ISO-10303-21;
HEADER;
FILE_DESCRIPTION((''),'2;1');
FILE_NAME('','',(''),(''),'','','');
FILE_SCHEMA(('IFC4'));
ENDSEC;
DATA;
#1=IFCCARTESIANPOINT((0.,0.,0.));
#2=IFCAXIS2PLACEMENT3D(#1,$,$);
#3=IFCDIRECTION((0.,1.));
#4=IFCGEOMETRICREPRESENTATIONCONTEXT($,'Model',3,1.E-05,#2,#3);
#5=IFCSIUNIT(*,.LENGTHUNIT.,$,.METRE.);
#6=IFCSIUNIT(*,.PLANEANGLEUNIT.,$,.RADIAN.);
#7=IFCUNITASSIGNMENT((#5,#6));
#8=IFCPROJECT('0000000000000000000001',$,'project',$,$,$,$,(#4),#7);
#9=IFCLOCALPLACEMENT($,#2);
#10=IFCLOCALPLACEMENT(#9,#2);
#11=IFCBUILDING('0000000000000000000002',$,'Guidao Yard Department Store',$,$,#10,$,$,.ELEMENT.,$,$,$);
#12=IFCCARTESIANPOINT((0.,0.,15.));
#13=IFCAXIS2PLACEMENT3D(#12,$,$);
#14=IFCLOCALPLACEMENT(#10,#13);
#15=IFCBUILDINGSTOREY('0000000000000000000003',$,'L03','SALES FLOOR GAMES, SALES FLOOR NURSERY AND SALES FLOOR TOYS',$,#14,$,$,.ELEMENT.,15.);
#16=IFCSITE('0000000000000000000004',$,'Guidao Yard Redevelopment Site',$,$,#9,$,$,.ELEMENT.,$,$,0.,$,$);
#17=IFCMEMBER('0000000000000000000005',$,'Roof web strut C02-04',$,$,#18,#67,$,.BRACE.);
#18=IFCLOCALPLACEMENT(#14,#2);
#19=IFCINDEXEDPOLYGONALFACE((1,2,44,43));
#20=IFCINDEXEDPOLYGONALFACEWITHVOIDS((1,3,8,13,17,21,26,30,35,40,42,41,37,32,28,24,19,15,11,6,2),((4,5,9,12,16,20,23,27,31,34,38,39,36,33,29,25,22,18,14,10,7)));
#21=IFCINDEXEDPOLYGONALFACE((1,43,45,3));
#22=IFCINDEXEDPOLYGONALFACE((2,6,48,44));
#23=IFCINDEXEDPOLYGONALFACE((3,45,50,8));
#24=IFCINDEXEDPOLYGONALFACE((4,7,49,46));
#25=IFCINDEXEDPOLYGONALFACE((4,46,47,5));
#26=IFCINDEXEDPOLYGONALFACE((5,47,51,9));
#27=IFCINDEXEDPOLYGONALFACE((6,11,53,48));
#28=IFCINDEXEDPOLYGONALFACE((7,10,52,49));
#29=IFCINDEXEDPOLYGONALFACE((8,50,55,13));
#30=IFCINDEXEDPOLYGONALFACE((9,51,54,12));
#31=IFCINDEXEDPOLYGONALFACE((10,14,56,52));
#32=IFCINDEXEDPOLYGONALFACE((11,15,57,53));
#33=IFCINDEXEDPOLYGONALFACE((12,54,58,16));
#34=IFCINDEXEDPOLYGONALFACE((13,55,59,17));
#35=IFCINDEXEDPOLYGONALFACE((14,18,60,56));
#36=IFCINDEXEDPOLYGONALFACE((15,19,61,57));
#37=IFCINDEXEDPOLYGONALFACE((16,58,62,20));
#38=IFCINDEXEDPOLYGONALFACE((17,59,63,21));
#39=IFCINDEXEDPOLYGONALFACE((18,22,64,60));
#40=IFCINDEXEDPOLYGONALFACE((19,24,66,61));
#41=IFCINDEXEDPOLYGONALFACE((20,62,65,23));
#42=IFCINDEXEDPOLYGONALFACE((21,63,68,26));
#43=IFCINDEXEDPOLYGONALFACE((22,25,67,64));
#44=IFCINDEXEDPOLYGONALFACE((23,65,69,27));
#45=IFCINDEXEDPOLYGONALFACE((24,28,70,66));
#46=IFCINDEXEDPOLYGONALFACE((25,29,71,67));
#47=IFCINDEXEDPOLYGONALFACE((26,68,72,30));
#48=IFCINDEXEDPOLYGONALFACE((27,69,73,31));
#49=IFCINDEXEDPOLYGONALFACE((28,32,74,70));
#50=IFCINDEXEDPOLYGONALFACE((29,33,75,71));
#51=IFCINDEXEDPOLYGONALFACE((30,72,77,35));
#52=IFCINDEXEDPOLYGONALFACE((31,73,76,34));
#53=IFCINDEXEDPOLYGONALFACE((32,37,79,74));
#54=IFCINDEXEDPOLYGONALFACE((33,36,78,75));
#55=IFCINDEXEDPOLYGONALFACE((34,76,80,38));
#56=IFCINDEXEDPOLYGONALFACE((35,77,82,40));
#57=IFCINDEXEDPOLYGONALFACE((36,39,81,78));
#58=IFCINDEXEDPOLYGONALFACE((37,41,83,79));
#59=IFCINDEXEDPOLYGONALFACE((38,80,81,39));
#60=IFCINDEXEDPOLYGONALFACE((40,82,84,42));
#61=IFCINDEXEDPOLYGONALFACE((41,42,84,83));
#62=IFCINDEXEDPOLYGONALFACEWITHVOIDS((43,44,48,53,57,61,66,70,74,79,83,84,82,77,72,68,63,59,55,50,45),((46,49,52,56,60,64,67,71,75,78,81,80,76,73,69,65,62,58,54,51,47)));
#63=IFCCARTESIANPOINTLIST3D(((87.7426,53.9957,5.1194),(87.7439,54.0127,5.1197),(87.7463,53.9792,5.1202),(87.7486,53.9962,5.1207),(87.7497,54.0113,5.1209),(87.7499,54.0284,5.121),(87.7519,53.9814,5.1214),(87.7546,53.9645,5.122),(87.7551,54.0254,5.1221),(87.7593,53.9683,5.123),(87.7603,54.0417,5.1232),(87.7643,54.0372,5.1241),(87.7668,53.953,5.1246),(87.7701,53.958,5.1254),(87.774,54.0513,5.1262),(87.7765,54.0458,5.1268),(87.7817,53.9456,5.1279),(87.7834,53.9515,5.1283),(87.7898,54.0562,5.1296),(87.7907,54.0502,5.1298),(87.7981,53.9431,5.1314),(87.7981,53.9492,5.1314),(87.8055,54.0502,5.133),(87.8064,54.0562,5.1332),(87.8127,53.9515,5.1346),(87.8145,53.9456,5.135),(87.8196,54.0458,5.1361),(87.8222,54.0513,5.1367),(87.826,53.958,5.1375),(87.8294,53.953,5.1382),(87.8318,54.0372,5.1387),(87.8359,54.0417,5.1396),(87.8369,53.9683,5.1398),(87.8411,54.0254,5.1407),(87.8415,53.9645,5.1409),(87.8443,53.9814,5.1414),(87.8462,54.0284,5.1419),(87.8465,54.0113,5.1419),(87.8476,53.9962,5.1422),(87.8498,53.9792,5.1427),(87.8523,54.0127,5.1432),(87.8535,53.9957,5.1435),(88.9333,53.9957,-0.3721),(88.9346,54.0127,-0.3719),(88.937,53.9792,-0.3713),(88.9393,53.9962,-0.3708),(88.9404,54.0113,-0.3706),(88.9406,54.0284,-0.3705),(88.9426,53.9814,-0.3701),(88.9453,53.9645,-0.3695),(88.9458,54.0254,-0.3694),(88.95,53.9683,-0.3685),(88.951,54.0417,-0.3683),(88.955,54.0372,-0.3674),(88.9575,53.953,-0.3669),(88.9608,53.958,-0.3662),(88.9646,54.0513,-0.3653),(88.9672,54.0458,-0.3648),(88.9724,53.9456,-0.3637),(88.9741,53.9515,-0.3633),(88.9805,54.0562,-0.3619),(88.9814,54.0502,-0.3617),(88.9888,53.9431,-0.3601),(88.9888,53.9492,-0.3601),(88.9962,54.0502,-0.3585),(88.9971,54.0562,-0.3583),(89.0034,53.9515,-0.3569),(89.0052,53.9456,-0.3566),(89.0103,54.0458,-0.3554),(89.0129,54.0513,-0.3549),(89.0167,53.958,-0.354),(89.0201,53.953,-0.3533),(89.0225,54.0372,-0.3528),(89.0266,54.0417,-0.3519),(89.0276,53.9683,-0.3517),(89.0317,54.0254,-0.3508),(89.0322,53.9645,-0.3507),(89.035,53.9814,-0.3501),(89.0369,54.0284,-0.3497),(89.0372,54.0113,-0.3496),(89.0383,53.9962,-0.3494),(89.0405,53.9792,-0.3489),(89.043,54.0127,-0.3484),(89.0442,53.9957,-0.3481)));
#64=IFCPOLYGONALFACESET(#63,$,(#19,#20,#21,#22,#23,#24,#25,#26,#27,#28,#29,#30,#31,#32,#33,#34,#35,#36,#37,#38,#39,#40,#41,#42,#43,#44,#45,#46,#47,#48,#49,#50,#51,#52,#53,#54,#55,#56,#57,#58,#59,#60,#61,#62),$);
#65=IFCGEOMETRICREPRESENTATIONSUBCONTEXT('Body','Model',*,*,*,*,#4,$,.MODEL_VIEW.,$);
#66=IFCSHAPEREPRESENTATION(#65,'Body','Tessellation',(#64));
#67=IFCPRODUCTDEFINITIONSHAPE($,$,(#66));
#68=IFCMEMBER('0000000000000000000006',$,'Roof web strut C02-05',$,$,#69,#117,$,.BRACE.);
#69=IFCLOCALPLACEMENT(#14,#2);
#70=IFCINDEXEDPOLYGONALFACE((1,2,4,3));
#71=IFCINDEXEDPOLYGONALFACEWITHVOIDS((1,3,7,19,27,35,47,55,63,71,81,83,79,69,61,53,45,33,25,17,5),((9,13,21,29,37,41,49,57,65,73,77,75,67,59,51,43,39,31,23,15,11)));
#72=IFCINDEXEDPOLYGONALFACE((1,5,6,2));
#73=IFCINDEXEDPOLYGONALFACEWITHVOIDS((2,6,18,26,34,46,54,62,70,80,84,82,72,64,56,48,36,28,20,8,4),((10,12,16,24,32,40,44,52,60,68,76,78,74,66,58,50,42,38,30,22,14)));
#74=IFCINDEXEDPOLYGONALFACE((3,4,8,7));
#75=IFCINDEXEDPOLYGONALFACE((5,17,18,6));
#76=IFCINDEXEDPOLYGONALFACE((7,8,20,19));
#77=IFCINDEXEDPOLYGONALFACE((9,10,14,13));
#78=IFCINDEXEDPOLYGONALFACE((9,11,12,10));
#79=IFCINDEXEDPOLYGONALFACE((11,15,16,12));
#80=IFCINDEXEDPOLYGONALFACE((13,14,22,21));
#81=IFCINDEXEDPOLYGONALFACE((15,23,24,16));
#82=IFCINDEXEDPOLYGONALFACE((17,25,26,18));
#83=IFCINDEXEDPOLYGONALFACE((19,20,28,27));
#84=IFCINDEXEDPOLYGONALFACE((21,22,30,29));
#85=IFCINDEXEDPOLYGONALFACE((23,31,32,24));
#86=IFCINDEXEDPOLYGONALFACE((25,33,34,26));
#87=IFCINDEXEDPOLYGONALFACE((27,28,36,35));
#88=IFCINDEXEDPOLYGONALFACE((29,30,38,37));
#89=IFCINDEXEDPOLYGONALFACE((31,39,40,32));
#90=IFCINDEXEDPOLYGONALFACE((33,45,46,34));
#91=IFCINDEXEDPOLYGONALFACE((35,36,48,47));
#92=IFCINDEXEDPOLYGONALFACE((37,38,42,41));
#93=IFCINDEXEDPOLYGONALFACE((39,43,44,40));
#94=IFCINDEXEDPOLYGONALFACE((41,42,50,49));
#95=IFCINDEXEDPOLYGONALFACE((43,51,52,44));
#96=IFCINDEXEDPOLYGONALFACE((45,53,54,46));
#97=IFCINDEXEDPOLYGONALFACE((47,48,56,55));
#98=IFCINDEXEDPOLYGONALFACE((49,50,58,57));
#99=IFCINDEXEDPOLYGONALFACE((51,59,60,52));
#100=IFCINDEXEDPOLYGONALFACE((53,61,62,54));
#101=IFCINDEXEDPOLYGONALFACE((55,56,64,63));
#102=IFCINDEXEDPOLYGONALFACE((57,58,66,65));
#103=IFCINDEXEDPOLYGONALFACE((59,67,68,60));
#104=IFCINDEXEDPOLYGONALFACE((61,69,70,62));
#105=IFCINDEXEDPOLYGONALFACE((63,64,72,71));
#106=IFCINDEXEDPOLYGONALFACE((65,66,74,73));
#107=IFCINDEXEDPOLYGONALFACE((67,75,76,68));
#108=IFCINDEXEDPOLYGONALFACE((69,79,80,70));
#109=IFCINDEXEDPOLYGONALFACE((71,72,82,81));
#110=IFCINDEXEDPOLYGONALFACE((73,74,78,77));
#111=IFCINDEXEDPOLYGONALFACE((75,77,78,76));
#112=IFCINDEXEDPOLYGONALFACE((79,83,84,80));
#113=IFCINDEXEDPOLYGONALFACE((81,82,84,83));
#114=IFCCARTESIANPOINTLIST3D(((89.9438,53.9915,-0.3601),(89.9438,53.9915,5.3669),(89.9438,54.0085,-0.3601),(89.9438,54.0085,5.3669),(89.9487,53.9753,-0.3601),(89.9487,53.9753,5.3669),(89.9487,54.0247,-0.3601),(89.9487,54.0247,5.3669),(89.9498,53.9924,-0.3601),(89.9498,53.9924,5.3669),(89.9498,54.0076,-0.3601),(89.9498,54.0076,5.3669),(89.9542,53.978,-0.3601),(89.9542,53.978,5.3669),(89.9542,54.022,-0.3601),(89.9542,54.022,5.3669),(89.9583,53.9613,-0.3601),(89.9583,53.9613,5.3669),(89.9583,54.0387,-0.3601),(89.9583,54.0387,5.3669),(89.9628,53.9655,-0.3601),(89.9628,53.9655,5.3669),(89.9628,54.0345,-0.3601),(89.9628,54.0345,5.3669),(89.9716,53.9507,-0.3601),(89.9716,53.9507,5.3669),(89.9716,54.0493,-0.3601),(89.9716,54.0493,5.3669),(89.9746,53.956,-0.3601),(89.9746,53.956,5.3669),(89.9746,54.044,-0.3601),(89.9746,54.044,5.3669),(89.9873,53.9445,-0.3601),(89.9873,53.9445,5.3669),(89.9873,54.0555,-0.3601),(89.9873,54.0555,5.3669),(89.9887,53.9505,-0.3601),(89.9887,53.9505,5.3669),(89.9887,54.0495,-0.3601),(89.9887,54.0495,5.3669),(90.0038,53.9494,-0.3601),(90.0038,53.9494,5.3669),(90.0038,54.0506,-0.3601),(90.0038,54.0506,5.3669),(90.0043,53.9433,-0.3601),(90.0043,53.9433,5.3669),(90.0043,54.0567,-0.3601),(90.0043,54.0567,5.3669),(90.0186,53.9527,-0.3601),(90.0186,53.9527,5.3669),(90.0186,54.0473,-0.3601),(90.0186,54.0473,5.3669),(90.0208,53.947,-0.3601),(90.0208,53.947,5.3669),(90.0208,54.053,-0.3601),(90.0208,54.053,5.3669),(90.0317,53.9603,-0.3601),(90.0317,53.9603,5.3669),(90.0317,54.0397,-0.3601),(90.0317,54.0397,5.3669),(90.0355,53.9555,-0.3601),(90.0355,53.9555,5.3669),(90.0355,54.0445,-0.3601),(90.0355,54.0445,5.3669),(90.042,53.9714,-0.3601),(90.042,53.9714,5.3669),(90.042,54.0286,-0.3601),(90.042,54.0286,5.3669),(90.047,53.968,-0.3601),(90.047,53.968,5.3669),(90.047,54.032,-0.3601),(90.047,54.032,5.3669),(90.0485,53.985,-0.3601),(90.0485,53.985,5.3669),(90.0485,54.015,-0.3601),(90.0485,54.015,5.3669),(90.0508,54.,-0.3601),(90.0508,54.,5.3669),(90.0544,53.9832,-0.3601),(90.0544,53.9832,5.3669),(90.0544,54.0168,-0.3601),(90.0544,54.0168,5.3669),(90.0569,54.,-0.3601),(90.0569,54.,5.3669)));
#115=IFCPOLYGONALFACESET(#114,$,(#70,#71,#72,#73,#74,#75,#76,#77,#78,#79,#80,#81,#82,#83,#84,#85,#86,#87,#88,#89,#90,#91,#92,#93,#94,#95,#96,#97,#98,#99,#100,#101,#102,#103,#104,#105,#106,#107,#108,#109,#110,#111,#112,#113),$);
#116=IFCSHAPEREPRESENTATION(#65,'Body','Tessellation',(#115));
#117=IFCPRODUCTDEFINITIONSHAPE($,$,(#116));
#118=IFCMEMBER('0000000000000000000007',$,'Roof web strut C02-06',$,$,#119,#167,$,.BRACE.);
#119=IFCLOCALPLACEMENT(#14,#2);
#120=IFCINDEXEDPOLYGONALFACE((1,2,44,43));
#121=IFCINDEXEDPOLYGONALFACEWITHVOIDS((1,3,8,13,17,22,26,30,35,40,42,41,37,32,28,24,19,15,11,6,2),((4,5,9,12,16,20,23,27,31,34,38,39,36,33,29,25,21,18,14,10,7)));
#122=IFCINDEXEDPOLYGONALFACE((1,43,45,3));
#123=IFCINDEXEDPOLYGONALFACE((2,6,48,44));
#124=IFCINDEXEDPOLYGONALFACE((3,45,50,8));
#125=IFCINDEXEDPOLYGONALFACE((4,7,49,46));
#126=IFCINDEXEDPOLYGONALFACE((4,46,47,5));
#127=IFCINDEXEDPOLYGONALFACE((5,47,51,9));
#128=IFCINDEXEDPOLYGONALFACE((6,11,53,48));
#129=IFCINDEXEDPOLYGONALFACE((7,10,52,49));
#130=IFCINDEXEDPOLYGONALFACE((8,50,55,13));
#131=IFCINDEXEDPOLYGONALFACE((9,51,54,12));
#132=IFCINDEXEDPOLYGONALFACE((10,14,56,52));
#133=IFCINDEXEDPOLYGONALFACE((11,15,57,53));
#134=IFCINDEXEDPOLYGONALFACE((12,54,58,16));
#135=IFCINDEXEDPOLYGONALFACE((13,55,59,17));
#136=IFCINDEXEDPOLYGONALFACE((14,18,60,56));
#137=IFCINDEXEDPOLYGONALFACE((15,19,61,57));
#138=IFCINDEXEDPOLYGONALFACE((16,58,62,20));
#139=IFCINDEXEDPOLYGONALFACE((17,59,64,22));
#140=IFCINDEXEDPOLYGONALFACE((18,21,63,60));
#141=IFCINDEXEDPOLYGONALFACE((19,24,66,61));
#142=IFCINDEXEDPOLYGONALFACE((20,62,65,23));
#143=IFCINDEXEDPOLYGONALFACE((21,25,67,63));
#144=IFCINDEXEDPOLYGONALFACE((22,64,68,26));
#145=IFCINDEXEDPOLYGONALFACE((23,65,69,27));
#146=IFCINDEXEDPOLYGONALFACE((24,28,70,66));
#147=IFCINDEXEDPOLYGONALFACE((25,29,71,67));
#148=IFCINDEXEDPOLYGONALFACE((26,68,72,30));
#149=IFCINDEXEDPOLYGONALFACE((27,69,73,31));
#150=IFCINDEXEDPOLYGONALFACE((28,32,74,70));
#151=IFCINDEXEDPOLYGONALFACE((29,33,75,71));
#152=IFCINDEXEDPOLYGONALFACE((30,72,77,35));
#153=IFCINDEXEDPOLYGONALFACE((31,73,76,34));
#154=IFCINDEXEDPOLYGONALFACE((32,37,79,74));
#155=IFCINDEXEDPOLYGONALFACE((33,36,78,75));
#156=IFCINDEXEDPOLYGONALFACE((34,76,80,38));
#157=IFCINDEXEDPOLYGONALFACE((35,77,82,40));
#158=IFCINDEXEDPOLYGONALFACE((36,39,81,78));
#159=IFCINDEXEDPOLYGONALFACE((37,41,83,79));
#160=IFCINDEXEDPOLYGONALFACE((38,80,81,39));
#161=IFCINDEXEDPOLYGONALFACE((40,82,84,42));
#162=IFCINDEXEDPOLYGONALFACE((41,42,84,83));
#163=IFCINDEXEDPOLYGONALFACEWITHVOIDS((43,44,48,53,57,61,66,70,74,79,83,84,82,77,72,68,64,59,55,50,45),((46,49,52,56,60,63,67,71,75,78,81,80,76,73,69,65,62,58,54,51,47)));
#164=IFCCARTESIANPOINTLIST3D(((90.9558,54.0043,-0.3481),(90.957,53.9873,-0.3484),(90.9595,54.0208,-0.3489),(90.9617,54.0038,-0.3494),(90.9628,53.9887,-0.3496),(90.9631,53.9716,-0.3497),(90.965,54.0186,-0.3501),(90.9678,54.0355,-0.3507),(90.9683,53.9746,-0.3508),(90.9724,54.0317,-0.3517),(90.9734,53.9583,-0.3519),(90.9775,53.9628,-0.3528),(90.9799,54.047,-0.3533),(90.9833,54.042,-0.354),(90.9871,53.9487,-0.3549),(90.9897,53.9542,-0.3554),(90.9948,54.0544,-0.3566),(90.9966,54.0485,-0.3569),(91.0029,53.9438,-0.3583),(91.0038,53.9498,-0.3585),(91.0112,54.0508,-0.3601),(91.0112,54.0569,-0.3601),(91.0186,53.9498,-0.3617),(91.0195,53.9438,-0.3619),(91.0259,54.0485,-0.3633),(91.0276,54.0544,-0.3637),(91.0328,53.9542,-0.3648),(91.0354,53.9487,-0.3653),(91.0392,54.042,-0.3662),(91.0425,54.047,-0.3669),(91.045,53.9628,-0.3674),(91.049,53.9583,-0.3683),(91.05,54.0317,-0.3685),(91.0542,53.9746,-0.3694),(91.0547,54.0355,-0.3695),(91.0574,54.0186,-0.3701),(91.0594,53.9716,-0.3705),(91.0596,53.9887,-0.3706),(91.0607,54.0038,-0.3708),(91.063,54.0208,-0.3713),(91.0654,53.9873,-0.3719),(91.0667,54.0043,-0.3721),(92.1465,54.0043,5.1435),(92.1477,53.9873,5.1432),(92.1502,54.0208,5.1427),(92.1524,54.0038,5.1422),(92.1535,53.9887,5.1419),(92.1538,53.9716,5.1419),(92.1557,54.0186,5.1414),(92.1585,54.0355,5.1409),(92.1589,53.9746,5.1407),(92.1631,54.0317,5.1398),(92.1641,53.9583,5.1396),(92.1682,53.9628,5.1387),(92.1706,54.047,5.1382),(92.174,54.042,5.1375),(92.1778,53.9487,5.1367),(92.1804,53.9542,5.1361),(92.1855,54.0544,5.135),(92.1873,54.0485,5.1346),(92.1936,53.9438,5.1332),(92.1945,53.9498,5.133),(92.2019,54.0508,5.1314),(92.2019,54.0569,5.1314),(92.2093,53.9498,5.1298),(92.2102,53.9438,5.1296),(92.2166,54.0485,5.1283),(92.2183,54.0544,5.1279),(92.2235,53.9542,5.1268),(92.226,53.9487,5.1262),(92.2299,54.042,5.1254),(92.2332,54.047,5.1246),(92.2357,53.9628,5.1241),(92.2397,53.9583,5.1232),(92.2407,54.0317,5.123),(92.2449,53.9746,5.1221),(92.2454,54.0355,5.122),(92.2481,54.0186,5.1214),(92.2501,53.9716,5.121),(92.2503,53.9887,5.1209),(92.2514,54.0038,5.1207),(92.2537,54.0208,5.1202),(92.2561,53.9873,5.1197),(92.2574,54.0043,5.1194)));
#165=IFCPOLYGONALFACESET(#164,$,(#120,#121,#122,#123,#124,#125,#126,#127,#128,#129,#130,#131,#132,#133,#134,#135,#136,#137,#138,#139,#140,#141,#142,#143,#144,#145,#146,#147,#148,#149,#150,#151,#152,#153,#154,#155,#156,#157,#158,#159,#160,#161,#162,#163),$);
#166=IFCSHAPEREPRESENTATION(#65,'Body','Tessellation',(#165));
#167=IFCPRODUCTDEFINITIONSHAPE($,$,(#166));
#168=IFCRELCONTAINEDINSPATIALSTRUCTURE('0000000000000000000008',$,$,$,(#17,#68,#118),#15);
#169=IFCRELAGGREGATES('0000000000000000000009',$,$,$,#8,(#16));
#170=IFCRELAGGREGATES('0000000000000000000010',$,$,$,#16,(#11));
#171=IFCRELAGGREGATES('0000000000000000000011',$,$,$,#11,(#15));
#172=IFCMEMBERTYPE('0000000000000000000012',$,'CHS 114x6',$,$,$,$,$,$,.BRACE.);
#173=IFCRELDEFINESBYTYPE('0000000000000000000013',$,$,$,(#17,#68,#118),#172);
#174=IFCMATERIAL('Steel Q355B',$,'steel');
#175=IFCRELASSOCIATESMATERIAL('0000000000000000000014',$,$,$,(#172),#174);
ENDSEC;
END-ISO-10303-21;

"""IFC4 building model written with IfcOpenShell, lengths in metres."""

from ifc_helpers import new_model, si_unit, direction, frame, origin, origin_2d, place, context, subcontext, project, spatial, hollow_circle, extrude, material, material_profile, profile_set, type_object, element, save


model = new_model("IFC4")

# Units and contexts
model_context = context("Model", 3, precision=1e-05, world=origin(), true_north=direction((0.0, 1.0)))
body_context = subcontext(model_context, "Body", "Model", "MODEL_VIEW")
ifc_project = project(units=[si_unit("LENGTHUNIT", "METRE"), si_unit("PLANEANGLEUNIT", "RADIAN")], contexts=[model_context])

# Site, building, storey
site_placement = place(None, origin())
site = spatial("IfcSite", under=ifc_project, at=site_placement, Name="Guidao Yard Redevelopment Site", CompositionType="ELEMENT", RefElevation=0.0)
building_placement = place(site_placement, origin())
building = spatial("IfcBuilding", under=site, at=building_placement, Name="Guidao Yard Department Store", CompositionType="ELEMENT")
storey_placement = place(building_placement, frame((0.0, 0.0, 15.0)))
storey = spatial("IfcBuildingStorey", under=building, at=storey_placement, Name="L03", Description="SALES FLOOR GAMES, SALES FLOOR NURSERY AND SALES FLOOR TOYS", CompositionType="ELEMENT", Elevation=15.0)

# Members
ifc_material_1 = material(Name="Steel Q355B", Category="steel")
ifc_material_profile_1 = material_profile(ifc_material_1, hollow_circle(Radius=0.0569, WallThickness=0.0061, at=origin_2d()), Name="CHS 114x6")
ifc_profile_set_1 = profile_set([ifc_material_profile_1], Name="Steel Q355B")
member_type_1 = type_object("IfcMemberType", Name="CHS 114x6", PredefinedType="BRACE", material=ifc_profile_set_1)
member_1_placement = place(storey_placement, frame((88.9888, 54.0, -0.3601), z_axis=(-0.211899, 0.0, 0.977292), x_axis=(0.0, -1.0, 0.0)))
element("IfcMember", 1, at=member_1_placement, inside=storey, type_object=member_type_1, Name="Roof web strut C02-04", PredefinedType="BRACE", context=body_context, shape_type="SweptSolid", body=[
    extrude(hollow_circle(Radius=0.0569, WallThickness=0.0061, at=origin_2d()), origin(), (0.0, 0.0, 1.0), 5.6191),
])
member_2_placement = place(storey_placement, frame((90.0, 54.0, -0.3601), z_axis=(0.0, 0.0, 1.0), x_axis=(1.0, 0.0, 0.0)))
element("IfcMember", 2, at=member_2_placement, inside=storey, type_object=member_type_1, Name="Roof web strut C02-05", PredefinedType="BRACE", context=body_context, shape_type="SweptSolid", body=[
    extrude(hollow_circle(Radius=0.0569, WallThickness=0.0061, at=origin_2d()), origin(), (0.0, 0.0, 1.0), 5.7271),
])
member_3_placement = place(storey_placement, frame((91.0112, 54.0, -0.3601), z_axis=(0.211899, 0.0, 0.977292), x_axis=(0.0, 1.0, 0.0)))
element("IfcMember", 3, at=member_3_placement, inside=storey, type_object=member_type_1, Name="Roof web strut C02-06", PredefinedType="BRACE", context=body_context, shape_type="SweptSolid", body=[
    extrude(hollow_circle(Radius=0.0569, WallThickness=0.0061, at=origin_2d()), origin(), (0.0, 0.0, 1.0), 5.6191),
])

save(model, "model.ifc")
